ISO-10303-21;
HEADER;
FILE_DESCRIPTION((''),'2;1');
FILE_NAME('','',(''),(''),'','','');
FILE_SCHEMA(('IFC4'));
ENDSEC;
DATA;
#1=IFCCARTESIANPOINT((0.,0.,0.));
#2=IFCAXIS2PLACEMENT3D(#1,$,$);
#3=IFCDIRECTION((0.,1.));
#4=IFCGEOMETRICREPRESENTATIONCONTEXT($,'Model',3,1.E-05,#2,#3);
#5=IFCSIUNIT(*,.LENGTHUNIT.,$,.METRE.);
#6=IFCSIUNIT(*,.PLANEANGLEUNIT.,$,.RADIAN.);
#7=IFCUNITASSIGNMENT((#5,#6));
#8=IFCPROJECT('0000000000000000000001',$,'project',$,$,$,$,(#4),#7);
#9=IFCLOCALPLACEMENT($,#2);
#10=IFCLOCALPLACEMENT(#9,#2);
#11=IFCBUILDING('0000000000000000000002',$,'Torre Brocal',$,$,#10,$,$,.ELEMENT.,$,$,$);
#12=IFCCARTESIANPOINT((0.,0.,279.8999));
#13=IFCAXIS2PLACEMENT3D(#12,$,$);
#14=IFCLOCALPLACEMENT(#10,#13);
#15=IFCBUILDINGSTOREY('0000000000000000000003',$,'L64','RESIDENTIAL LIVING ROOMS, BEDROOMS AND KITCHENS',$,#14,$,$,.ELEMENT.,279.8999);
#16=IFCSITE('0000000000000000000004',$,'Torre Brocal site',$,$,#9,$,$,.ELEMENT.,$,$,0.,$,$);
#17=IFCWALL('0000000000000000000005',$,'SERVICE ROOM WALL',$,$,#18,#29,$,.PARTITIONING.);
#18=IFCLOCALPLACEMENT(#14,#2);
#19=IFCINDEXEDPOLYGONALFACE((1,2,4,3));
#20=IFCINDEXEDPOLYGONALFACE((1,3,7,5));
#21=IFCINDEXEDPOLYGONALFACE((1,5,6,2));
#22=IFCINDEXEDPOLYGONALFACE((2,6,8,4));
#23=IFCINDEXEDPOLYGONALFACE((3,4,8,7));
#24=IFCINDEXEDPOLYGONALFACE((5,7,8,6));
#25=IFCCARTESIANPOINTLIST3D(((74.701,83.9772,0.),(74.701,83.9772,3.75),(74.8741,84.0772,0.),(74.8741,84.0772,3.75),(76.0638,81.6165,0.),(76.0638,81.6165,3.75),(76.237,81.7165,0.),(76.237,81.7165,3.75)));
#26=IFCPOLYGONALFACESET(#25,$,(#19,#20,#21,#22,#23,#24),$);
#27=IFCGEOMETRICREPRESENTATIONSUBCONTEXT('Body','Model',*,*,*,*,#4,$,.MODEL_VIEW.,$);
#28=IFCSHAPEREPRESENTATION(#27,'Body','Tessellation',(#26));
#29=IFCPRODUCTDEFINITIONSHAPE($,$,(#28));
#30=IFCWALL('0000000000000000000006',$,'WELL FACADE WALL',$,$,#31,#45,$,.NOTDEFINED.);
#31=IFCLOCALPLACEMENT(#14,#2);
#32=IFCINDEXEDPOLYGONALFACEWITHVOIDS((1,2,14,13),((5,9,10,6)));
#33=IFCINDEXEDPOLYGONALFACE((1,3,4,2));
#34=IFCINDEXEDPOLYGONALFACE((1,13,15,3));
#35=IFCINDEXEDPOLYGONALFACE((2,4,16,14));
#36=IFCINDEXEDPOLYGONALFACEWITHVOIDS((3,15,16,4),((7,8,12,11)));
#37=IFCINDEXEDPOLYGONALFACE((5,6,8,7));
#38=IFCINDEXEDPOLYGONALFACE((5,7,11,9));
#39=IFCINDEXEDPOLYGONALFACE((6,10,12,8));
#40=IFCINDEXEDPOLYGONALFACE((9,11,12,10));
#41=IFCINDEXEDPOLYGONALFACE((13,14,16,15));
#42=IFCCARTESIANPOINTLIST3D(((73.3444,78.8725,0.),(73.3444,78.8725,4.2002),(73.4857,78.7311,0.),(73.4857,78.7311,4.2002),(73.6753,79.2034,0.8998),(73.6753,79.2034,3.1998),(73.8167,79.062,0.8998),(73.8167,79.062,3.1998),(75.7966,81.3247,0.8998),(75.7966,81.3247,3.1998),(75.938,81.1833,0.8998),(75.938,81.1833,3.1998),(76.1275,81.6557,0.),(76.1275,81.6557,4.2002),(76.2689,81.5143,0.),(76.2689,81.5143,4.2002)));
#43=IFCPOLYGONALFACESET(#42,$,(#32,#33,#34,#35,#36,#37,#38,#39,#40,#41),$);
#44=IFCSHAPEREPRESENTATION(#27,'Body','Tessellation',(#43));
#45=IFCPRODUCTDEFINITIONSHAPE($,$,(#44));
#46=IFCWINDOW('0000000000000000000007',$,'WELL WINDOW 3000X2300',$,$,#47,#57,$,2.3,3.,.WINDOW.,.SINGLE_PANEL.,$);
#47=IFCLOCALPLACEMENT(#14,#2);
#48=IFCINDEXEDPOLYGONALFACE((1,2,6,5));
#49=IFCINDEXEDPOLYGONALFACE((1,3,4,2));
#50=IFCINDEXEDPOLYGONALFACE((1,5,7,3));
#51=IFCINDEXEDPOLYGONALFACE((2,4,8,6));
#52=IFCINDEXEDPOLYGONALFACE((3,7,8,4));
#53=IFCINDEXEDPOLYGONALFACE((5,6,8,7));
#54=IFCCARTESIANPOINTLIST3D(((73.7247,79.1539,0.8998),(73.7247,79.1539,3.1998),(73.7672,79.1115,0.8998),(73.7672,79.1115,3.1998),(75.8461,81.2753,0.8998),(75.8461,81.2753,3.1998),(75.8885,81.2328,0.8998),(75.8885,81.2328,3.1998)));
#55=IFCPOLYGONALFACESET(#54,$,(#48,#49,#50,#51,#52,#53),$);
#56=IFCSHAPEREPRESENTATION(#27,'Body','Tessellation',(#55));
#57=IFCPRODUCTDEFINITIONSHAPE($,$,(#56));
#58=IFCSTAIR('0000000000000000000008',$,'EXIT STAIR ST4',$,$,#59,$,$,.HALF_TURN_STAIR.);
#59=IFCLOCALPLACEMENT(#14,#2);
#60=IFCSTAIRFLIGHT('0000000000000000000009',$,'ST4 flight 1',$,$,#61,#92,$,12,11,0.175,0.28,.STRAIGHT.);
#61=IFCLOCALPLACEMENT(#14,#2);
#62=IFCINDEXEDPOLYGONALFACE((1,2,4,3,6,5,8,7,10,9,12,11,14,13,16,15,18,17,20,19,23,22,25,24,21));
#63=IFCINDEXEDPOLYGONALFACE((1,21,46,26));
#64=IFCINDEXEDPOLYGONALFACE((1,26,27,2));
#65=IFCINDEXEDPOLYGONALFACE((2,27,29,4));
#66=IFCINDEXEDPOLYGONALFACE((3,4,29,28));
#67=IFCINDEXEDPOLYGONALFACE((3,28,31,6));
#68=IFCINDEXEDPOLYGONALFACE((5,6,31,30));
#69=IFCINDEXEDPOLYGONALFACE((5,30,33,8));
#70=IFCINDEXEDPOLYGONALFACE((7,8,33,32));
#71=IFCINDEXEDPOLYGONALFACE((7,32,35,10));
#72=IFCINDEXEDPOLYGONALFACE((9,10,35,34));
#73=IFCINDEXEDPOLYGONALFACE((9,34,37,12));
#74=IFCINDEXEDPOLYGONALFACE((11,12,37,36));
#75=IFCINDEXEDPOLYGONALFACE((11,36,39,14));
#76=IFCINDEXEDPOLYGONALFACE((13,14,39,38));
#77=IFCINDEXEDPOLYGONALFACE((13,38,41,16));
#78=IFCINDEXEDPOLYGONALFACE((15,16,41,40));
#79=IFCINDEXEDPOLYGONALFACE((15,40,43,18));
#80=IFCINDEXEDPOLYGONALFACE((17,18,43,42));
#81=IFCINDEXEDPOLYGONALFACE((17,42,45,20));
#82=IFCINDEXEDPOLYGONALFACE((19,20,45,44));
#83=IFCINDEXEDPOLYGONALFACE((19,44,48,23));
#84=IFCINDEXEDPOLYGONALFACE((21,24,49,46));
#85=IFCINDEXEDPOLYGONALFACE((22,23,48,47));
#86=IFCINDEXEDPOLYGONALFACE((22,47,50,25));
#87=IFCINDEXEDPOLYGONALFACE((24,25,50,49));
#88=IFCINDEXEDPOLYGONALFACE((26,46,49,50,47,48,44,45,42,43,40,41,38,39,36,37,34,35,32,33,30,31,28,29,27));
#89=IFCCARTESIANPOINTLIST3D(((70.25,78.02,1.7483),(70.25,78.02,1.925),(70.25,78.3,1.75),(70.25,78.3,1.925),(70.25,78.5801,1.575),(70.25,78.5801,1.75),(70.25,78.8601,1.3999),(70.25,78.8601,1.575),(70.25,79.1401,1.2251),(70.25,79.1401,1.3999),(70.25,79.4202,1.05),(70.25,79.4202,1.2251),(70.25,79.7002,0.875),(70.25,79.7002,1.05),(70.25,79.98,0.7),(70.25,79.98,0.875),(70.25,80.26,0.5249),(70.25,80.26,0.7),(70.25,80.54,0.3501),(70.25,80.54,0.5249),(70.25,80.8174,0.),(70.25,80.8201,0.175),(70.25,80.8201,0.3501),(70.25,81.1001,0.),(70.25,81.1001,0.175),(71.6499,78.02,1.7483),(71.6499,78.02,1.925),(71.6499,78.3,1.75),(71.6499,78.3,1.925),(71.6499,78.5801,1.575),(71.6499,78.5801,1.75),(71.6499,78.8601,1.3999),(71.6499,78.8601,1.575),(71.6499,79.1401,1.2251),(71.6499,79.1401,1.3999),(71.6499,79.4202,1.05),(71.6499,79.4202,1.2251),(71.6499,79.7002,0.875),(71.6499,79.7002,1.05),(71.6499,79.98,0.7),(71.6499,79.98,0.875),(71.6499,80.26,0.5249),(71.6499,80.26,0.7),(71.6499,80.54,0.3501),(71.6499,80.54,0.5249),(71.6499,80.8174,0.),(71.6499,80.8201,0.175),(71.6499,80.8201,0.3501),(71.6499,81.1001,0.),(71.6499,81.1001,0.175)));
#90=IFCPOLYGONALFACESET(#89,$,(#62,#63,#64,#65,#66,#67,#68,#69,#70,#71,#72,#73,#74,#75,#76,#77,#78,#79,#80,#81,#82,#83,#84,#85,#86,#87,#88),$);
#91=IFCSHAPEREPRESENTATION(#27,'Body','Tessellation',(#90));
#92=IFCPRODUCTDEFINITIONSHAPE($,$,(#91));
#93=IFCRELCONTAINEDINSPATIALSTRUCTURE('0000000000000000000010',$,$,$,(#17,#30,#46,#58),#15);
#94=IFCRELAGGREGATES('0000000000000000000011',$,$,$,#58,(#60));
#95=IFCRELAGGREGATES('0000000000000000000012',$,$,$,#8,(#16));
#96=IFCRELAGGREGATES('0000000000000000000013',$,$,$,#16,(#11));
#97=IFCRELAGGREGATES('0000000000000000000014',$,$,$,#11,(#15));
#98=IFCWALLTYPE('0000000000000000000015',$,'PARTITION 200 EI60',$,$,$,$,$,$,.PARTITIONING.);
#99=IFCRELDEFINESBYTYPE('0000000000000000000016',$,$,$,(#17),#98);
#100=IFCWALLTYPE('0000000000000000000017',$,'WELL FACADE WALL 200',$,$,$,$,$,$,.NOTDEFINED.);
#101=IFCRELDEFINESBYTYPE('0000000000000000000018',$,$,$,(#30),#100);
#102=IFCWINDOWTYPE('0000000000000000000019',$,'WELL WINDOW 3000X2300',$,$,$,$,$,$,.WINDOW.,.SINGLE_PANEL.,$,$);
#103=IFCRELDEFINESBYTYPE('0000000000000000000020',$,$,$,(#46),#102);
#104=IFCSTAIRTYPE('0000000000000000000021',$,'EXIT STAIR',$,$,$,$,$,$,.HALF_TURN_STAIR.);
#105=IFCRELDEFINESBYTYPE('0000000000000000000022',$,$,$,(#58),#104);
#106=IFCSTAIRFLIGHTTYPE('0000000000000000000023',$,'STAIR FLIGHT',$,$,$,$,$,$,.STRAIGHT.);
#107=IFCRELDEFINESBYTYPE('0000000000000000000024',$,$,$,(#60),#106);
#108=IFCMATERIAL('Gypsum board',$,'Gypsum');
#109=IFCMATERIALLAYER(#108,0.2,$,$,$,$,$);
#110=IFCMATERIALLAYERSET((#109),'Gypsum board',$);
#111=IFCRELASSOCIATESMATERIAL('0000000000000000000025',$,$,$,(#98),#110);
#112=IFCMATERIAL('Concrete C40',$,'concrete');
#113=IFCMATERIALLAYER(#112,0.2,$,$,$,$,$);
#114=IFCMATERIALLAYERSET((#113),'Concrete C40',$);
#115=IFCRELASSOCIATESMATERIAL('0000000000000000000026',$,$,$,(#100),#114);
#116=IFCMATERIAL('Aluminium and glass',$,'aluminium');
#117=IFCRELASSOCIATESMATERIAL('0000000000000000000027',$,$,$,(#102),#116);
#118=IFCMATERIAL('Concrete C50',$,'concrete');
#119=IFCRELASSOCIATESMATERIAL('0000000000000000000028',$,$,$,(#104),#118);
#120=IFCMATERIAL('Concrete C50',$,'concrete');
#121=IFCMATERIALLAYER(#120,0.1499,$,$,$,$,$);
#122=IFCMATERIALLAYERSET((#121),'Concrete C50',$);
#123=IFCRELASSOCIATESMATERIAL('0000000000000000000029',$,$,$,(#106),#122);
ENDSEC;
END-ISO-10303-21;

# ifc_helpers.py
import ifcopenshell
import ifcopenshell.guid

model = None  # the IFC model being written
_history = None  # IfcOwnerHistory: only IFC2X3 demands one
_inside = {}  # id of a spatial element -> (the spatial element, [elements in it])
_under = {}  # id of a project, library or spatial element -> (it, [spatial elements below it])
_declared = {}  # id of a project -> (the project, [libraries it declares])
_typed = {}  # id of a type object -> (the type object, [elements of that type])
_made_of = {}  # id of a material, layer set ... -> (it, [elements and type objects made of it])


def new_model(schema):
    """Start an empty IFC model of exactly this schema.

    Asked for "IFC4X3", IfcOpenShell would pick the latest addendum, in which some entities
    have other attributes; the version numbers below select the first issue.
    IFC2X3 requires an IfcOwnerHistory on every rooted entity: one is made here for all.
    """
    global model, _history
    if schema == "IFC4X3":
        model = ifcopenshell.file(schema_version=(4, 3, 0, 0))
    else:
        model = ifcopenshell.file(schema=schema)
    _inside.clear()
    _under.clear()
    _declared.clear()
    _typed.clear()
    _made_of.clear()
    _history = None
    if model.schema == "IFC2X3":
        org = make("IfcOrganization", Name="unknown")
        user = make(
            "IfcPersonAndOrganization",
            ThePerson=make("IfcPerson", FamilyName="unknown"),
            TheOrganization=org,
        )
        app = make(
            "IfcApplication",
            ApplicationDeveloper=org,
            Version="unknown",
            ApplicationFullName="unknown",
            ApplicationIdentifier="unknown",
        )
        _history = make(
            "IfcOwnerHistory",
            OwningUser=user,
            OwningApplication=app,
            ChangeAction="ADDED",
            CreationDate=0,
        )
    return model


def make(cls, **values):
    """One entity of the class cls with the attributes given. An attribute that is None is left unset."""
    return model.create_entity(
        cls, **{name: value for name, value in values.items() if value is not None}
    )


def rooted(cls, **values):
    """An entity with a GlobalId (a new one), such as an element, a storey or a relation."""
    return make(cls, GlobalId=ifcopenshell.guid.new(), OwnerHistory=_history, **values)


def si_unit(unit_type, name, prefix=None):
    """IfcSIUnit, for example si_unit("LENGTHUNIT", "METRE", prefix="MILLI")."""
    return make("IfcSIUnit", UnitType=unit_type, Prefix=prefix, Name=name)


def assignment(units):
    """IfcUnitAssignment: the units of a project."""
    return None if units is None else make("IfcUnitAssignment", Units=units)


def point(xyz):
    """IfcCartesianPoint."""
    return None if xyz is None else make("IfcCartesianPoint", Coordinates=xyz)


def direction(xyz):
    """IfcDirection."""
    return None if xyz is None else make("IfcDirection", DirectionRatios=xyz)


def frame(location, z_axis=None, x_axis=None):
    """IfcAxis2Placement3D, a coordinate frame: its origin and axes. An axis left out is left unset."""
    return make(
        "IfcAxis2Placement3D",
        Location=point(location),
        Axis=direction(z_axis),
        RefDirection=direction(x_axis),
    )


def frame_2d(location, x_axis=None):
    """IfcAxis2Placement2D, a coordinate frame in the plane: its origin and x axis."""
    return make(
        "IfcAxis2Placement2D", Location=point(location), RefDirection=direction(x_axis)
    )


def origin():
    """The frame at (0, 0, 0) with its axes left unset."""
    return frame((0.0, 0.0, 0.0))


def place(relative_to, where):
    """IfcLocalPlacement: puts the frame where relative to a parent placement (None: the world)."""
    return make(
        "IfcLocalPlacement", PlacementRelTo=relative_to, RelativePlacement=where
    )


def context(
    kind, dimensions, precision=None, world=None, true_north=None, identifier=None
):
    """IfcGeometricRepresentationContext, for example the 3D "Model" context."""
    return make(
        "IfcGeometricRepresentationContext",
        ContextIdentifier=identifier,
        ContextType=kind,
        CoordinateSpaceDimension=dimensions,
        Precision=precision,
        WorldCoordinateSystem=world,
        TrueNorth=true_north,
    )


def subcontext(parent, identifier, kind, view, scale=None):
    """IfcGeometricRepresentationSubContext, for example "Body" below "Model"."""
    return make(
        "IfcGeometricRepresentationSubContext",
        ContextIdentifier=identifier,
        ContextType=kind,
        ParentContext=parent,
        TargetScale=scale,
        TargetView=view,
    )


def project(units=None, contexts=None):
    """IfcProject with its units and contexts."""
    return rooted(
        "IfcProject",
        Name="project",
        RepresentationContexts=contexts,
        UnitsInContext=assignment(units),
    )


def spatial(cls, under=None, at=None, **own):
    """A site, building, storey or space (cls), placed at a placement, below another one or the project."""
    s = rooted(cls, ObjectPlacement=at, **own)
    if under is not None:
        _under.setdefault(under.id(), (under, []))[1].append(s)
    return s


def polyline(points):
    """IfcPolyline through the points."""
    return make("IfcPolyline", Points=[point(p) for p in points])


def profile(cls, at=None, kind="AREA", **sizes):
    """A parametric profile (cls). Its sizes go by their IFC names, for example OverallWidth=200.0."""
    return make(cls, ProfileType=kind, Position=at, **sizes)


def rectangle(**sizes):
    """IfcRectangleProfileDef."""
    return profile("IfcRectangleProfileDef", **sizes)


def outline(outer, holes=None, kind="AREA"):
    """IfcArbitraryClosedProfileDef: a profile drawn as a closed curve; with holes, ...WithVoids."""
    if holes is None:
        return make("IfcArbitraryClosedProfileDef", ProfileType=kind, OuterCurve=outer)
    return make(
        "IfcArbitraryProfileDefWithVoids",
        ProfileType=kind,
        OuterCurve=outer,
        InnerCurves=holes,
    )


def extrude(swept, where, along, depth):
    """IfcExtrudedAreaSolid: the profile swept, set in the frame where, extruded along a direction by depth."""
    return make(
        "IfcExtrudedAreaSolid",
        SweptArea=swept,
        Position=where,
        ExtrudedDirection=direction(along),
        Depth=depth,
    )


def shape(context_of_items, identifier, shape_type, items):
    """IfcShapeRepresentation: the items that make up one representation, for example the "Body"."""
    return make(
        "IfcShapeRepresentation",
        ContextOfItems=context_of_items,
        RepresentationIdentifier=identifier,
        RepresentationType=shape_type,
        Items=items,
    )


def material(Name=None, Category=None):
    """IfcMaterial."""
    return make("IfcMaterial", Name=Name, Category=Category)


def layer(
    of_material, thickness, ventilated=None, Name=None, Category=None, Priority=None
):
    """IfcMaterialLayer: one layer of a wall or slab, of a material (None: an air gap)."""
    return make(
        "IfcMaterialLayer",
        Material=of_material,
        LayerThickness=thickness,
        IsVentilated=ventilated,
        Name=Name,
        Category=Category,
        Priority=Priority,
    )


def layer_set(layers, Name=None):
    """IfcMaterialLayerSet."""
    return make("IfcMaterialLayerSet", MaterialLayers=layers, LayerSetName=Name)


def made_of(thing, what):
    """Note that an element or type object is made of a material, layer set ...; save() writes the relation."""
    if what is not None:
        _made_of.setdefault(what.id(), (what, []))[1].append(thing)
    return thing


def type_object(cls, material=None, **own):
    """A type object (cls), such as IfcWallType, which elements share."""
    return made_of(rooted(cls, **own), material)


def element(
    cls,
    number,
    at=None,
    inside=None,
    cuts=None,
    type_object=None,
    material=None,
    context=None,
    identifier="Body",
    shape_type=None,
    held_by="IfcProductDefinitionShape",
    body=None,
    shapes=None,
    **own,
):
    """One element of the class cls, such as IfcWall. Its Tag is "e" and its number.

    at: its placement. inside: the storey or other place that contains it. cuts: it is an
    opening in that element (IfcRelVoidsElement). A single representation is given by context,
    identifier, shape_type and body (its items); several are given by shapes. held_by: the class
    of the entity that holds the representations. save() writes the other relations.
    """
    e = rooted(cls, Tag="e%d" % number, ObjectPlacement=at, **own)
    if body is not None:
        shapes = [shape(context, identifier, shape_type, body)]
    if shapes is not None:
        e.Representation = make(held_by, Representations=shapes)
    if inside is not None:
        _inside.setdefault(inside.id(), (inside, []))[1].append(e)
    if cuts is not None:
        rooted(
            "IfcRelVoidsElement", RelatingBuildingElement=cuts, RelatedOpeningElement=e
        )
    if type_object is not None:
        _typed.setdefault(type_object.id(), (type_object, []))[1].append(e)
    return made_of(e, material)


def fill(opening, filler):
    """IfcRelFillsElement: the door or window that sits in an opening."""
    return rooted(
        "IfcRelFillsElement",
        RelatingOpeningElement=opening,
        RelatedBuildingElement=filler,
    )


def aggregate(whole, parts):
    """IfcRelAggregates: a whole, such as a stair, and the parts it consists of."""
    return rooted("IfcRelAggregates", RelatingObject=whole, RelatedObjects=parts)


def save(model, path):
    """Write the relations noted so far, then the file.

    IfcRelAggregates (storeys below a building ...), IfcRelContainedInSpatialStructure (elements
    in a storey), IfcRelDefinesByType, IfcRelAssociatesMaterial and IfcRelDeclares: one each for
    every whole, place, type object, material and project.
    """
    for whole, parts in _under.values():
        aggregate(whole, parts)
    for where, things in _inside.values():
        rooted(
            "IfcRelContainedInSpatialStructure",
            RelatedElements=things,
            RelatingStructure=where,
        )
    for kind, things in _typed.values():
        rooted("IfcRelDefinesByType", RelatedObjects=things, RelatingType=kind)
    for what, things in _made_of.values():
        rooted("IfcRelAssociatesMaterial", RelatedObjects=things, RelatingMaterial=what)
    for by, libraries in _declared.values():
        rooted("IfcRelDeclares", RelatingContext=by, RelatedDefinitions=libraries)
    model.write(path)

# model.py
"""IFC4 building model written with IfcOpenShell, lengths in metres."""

from ifc_helpers import new_model, si_unit, direction, frame, frame_2d, origin, place, context, subcontext, project, spatial, polyline, rectangle, outline, extrude, material, layer, layer_set, type_object, element, fill, aggregate, save


model = new_model("IFC4")

# Units and contexts
model_context = context("Model", 3, precision=1e-05, world=origin(), true_north=direction((0.0, 1.0)))
body_context = subcontext(model_context, "Body", "Model", "MODEL_VIEW")
ifc_project = project(units=[si_unit("LENGTHUNIT", "METRE"), si_unit("PLANEANGLEUNIT", "RADIAN")], contexts=[model_context])

# Site, building, storey
site_placement = place(None, origin())
site = spatial("IfcSite", under=ifc_project, at=site_placement, Name="Torre Brocal site", CompositionType="ELEMENT", RefElevation=0.0)
building_placement = place(site_placement, origin())
building = spatial("IfcBuilding", under=site, at=building_placement, Name="Torre Brocal", CompositionType="ELEMENT")
storey_placement = place(building_placement, frame((0.0, 0.0, 279.8999)))
storey = spatial("IfcBuildingStorey", under=building, at=storey_placement, Name="L64", Description="RESIDENTIAL LIVING ROOMS, BEDROOMS AND KITCHENS", CompositionType="ELEMENT", Elevation=279.8999)

# Shared definitions
ifc_material_1 = material(Name="Gypsum board", Category="Gypsum")
ifc_layer_1 = layer(ifc_material_1, 0.2)
ifc_layer_set_1 = layer_set([ifc_layer_1], Name="Gypsum board")
wall_type_1 = type_object("IfcWallType", Name="PARTITION 200 EI60", PredefinedType="PARTITIONING", material=ifc_layer_set_1)

# Wall
wall_1_placement = place(storey_placement, frame((74.7876, 84.0271, 0.0), z_axis=(0.0, 0.0, 1.0), x_axis=(0.499973, -0.866041, 0.0)))
element("IfcWall", 1, at=wall_1_placement, inside=storey, type_object=wall_type_1, Name="SERVICE ROOM WALL", PredefinedType="PARTITIONING", context=body_context, shape_type="SweptSolid", body=[
    extrude(rectangle(XDim=2.7258, YDim=0.2, at=frame_2d((1.3628, 0.0))), origin(), (0.0, 0.0, 1.0), 3.75),
])

# Wall, opening, window
ifc_material_2 = material(Name="Concrete C40", Category="concrete")
ifc_layer_2 = layer(ifc_material_2, 0.2)
ifc_layer_set_2 = layer_set([ifc_layer_2], Name="Concrete C40")
wall_type_2 = type_object("IfcWallType", Name="WELL FACADE WALL 200", PredefinedType="NOTDEFINED", material=ifc_layer_set_2)
wall_2_placement = place(storey_placement, frame((76.1982, 81.585, 0.0), z_axis=(0.0, 0.0, 1.0), x_axis=(-0.707107, -0.707107, 0.0)))
wall_2 = element("IfcWall", 2, at=wall_2_placement, inside=storey, type_object=wall_type_2, Name="WELL FACADE WALL", PredefinedType="NOTDEFINED", context=body_context, shape_type="SweptSolid", body=[
    extrude(rectangle(XDim=3.936, YDim=0.2, at=frame_2d((1.968, 0.0))), origin(), (0.0, 0.0, 1.0), 4.2002),
])
opening_1_placement = place(wall_2_placement, frame((0.468, 0.0, 0.8999)))
opening_1 = element("IfcOpeningElement", 3, at=opening_1_placement, cuts=wall_2, PredefinedType="OPENING", context=body_context, shape_type="SweptSolid", body=[
    extrude(rectangle(XDim=3.0, YDim=2.3, at=frame_2d((1.5, 1.1499))), frame((0.0, 0.1099, 0.0), z_axis=(0.0, -1.0, 0.0), x_axis=(1.0, 0.0, 0.0)), (0.0, 0.0, 1.0), 0.22),
])
ifc_material_3 = material(Name="Aluminium and glass", Category="aluminium")
window_type = type_object("IfcWindowType", Name="WELL WINDOW 3000X2300", PartitioningType="SINGLE_PANEL", PredefinedType="WINDOW", material=ifc_material_3)
window_placement = place(opening_1_placement, origin())
window = element("IfcWindow", 4, at=window_placement, inside=storey, type_object=window_type, Name="WELL WINDOW 3000X2300", OverallHeight=2.3, OverallWidth=3.0, PartitioningType="SINGLE_PANEL", PredefinedType="WINDOW", context=body_context, shape_type="SweptSolid", body=[
    extrude(rectangle(XDim=3.0, YDim=2.3, at=frame_2d((1.5, 1.1499))), frame((0.0, 0.03, 0.0), z_axis=(0.0, -1.0, 0.0), x_axis=(1.0, 0.0, 0.0)), (0.0, 0.0, 1.0), 0.0601),
])
fill(opening_1, window)

# Stair, stair flight
ifc_material_4 = material(Name="Concrete C50", Category="concrete")
stair_type = type_object("IfcStairType", Name="EXIT STAIR", PredefinedType="HALF_TURN_STAIR", material=ifc_material_4)
stair_placement = place(storey_placement, origin())
stair = element("IfcStair", 5, at=stair_placement, inside=storey, type_object=stair_type, Name="EXIT STAIR ST4", PredefinedType="HALF_TURN_STAIR")
ifc_material_5 = material(Name="Concrete C50", Category="concrete")
ifc_layer_3 = layer(ifc_material_5, 0.1499)
ifc_layer_set_3 = layer_set([ifc_layer_3], Name="Concrete C50")
stair_flight_type = type_object("IfcStairFlightType", Name="STAIR FLIGHT", PredefinedType="STRAIGHT", material=ifc_layer_set_3)
stair_flight_placement = place(storey_placement, frame((70.95, 81.1001, 0.0), z_axis=(0.0, 0.0, 1.0), x_axis=(0.0, -1.0, 0.0)))
stair_flight = element("IfcStairFlight", 6, at=stair_flight_placement, type_object=stair_flight_type, Name="ST4 flight 1", NumberOfRisers=12, NumberOfTreads=11, PredefinedType="STRAIGHT", RiserHeight=0.175, TreadLength=0.28, context=body_context, shape_type="SweptSolid", body=[
    extrude(outline(polyline([(0.0, 0.0), (0.0, 0.175), (0.28, 0.175), (0.28, 0.3501), (0.5601, 0.3501), (0.5601, 0.5249), (0.8401, 0.5249), (0.8401, 0.7), (1.1201, 0.7), (1.1201, 0.875), (1.3999, 0.875), (1.3999, 1.05), (1.6799, 1.05), (1.6799, 1.2251), (1.96, 1.2251), (1.96, 1.3999), (2.24, 1.3999), (2.24, 1.575), (2.52, 1.575), (2.52, 1.75), (2.8, 1.75), (2.8, 1.925), (3.0801, 1.925), (3.0801, 2.1001), (3.0801, 1.7483), (0.2827, 0.0), (0.0, 0.0)])), frame((0.0, 0.7, 0.0), z_axis=(0.0, -1.0, 0.0), x_axis=(1.0, 0.0, 0.0)), (0.0, 0.0, 1.0), 1.3999),
])
aggregate(stair, [stair_flight])

save(model, "model.ifc")
